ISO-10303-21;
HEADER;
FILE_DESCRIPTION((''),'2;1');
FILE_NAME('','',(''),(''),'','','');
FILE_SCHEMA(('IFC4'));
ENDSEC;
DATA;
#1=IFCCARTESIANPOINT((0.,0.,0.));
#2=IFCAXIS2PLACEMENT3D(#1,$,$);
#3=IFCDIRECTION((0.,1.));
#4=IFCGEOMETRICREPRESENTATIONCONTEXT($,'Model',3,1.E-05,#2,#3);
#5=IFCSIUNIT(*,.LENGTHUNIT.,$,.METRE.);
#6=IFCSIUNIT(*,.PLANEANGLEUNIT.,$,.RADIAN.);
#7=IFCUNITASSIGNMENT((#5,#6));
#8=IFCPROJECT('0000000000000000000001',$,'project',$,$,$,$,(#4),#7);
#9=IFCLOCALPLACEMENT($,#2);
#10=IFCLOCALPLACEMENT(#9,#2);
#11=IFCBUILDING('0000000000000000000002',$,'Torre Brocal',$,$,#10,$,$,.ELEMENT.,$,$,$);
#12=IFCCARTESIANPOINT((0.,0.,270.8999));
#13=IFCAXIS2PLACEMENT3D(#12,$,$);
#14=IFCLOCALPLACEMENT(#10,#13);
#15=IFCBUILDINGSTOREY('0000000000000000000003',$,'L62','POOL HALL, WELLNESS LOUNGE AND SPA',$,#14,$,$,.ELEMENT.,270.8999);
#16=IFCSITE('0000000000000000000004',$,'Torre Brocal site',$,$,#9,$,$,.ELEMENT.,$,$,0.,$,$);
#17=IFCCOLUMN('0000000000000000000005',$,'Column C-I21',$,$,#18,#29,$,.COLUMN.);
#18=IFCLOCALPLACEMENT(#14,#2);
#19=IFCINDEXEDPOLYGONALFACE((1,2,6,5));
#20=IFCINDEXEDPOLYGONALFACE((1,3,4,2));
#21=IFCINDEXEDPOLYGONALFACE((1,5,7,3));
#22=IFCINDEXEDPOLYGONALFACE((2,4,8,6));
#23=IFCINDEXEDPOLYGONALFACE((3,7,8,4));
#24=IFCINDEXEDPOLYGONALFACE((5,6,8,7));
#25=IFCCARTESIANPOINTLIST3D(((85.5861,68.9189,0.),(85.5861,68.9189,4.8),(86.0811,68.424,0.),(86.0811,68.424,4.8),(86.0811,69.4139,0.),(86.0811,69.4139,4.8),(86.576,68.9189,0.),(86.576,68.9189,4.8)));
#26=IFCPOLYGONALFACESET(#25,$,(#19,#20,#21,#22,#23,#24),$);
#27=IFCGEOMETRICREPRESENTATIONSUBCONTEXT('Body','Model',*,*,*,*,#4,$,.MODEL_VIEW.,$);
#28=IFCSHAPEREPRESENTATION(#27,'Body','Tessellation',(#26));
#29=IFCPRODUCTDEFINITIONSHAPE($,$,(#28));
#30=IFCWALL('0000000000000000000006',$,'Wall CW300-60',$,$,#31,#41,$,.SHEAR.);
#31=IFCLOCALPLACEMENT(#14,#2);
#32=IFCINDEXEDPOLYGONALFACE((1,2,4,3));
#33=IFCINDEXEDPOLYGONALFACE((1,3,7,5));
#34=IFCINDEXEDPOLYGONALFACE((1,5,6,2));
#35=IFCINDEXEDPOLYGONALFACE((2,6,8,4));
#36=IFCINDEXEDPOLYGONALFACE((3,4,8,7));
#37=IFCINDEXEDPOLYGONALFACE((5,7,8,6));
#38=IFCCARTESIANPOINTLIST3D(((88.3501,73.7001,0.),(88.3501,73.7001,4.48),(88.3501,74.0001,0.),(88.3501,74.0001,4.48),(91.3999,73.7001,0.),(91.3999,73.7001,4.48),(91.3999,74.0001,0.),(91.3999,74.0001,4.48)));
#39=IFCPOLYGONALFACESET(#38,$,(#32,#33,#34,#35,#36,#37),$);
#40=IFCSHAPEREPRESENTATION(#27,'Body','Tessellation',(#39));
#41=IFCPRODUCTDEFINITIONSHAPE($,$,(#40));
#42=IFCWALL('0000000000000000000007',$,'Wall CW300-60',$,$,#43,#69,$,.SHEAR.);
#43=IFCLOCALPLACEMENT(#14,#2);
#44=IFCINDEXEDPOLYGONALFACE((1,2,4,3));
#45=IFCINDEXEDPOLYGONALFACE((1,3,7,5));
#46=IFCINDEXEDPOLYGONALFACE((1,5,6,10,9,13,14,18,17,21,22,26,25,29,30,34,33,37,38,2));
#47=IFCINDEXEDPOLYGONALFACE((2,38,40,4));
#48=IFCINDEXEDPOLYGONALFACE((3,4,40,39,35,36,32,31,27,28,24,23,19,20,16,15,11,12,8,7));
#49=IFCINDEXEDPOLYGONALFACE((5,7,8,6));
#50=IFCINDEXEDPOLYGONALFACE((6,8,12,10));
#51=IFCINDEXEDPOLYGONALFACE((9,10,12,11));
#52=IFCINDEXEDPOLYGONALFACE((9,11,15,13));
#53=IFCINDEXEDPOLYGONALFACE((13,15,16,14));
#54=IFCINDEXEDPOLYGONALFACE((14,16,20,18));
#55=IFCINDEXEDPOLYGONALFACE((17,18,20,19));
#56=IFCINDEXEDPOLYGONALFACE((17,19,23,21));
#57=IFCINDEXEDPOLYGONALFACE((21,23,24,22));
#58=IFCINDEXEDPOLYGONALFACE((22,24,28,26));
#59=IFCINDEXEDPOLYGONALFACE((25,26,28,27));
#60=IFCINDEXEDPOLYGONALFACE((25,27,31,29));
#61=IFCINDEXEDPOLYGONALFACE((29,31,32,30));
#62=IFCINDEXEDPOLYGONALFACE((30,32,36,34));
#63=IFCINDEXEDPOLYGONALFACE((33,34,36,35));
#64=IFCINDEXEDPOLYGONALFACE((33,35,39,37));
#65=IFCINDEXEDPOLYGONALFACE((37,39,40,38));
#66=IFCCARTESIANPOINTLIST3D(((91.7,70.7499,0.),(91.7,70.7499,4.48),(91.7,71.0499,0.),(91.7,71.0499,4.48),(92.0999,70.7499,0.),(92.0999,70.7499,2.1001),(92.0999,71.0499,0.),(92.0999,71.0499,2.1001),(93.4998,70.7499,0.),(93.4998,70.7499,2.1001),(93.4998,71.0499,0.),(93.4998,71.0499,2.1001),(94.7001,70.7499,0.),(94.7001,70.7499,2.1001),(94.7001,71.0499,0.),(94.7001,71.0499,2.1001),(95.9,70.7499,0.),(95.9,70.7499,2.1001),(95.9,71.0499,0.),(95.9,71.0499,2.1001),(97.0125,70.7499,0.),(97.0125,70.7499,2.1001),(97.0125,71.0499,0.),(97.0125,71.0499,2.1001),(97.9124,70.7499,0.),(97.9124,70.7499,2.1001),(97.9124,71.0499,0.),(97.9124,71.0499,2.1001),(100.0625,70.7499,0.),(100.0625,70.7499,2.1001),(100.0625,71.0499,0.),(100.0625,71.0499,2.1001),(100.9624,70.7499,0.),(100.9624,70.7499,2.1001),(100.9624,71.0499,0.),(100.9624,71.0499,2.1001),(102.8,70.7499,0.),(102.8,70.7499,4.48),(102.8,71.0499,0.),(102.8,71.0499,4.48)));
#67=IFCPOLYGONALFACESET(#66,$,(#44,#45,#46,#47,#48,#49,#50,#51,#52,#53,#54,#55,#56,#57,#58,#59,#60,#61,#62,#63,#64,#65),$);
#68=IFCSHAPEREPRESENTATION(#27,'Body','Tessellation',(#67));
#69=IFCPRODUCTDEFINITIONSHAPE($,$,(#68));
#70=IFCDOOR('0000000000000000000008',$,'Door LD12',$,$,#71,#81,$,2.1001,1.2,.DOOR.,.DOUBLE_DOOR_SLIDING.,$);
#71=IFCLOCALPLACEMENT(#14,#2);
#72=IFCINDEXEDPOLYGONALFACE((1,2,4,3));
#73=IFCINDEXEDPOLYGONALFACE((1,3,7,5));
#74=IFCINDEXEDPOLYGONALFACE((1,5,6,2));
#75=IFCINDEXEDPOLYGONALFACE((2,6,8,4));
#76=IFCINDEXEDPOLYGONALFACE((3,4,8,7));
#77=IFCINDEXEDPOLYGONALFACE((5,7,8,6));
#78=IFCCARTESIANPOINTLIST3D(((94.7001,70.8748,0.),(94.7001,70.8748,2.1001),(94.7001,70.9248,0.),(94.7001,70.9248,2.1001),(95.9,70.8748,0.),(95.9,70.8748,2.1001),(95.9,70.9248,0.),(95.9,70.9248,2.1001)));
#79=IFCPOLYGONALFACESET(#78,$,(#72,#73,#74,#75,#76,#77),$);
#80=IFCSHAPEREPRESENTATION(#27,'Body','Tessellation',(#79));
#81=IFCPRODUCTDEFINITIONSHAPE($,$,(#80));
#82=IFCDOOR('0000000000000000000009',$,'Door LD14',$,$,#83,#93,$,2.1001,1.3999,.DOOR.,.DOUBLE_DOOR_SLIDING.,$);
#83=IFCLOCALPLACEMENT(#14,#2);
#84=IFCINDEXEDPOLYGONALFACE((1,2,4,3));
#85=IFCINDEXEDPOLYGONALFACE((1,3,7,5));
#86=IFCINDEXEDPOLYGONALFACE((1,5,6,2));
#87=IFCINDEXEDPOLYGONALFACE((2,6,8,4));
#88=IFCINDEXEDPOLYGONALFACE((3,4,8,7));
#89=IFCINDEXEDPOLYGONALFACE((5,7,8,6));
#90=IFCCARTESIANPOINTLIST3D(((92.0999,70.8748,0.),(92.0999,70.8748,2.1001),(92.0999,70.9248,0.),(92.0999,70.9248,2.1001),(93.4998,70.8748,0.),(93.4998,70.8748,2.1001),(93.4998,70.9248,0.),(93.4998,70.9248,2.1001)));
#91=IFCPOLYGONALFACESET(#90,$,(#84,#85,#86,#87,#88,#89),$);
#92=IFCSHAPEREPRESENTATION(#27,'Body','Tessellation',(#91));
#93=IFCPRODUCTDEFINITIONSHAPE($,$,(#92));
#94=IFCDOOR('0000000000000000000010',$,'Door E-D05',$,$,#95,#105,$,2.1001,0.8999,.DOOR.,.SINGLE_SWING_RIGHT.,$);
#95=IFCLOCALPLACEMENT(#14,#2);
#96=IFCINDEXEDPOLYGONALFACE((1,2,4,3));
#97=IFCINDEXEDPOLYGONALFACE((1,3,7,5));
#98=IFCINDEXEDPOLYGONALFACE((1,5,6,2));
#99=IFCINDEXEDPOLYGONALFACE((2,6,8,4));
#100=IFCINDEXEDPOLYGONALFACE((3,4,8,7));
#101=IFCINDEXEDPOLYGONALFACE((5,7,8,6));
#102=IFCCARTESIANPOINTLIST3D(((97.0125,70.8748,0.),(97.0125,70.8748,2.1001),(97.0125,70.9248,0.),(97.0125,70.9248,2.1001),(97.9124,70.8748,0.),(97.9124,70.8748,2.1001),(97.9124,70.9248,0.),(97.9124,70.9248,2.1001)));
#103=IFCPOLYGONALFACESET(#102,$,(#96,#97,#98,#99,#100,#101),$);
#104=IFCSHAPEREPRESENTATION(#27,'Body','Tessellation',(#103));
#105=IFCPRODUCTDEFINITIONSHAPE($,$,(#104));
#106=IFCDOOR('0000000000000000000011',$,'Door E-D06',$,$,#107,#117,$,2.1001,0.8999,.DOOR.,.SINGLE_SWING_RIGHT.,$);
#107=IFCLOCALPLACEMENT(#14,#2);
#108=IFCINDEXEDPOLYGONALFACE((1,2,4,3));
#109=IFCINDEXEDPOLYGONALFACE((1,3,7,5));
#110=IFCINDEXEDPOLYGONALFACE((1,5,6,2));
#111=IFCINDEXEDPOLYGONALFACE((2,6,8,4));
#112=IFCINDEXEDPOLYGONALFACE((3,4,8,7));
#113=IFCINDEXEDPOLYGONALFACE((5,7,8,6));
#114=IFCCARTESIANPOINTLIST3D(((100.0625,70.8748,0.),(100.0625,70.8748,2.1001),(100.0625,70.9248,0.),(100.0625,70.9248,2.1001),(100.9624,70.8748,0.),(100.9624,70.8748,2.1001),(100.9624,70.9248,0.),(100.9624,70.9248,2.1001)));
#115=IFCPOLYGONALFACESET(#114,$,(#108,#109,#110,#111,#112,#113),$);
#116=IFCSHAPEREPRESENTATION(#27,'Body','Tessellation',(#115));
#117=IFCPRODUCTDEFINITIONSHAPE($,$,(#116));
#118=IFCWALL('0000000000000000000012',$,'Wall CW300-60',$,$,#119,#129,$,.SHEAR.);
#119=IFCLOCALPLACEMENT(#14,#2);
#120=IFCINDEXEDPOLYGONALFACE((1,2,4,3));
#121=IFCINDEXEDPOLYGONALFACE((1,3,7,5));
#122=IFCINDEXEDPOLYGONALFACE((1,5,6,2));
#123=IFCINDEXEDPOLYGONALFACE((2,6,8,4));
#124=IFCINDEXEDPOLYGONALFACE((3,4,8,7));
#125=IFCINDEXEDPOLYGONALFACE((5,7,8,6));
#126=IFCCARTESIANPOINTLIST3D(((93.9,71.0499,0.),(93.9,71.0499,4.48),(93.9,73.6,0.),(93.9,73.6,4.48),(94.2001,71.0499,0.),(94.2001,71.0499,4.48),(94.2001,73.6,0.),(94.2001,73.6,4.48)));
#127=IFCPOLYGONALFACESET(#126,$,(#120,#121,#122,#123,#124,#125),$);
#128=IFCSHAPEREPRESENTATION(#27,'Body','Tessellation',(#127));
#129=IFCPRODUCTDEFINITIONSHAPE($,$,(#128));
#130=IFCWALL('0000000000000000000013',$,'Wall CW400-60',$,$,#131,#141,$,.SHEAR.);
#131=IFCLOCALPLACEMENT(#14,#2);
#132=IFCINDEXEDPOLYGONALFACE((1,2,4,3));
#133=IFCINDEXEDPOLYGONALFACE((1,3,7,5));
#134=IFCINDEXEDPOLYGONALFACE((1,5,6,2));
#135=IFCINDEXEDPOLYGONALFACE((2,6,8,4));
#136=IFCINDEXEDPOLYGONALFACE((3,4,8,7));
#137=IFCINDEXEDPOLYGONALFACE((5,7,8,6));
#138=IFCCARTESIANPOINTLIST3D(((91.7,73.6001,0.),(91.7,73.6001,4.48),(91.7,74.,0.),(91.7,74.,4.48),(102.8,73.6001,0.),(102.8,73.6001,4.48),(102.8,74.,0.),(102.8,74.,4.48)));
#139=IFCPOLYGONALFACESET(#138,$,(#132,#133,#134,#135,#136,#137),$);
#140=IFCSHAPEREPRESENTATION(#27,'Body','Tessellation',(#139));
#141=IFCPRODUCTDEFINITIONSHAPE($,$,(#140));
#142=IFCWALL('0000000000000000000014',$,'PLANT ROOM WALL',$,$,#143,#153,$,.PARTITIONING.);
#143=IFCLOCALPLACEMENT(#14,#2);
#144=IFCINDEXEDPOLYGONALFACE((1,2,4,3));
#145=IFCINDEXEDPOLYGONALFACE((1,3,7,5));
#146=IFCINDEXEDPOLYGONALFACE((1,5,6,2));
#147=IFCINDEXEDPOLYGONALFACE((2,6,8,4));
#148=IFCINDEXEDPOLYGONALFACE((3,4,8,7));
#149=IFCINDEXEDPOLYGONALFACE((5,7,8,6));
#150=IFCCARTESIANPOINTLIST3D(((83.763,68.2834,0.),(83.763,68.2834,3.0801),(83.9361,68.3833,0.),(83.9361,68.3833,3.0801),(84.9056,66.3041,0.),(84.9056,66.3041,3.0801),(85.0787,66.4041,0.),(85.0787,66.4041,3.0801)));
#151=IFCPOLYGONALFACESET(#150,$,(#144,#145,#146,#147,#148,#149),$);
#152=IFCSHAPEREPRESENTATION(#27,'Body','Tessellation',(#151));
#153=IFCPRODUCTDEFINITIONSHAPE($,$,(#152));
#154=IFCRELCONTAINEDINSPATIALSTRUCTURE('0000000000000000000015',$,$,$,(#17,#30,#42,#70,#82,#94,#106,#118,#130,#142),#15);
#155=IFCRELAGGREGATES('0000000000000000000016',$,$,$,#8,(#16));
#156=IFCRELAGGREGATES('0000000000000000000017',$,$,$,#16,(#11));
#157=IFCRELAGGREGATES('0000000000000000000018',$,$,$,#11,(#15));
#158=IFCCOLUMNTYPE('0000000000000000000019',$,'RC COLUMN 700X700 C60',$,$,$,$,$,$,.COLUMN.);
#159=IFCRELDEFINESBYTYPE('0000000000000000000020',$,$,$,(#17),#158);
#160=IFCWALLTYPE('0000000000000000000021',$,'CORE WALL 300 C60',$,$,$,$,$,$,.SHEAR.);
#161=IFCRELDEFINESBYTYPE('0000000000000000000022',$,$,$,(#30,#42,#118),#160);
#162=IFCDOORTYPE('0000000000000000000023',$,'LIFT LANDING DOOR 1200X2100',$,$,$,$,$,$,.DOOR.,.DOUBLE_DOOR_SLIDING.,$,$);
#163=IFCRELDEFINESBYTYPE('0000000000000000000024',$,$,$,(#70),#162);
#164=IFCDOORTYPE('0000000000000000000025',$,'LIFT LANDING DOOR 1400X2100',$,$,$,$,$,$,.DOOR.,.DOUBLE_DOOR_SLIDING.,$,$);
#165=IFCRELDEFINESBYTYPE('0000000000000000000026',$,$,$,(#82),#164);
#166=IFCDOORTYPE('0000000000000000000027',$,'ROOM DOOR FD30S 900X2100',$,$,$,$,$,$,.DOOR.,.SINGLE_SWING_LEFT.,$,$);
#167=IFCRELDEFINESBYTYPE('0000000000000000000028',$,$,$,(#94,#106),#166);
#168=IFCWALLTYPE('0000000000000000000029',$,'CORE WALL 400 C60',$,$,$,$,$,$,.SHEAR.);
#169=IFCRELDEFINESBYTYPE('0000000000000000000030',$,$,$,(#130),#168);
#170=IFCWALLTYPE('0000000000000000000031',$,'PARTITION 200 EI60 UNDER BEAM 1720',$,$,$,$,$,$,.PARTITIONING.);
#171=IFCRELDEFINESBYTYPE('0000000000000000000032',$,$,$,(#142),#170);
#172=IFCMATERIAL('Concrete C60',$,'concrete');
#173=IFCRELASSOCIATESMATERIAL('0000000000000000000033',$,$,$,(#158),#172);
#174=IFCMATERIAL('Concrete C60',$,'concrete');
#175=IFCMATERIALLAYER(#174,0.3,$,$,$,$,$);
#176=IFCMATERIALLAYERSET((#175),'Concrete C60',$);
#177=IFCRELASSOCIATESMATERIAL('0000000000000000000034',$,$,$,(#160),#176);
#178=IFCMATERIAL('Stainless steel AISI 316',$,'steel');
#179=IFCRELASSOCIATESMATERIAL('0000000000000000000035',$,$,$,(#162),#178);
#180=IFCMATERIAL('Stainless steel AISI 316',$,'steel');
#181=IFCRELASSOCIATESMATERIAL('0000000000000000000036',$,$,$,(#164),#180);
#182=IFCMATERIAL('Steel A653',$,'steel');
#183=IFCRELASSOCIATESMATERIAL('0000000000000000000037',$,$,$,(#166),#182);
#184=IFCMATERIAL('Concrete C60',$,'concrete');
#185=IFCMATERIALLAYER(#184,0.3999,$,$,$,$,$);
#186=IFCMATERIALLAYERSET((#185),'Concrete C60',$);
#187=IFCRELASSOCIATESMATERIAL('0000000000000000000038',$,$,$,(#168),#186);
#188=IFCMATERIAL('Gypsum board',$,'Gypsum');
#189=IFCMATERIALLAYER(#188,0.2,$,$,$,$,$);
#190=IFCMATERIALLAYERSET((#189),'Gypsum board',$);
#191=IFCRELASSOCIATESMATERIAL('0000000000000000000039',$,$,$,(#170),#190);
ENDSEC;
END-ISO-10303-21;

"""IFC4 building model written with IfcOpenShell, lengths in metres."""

from ifc_helpers import new_model, si_unit, direction, frame, frame_2d, origin, origin_2d, place, context, subcontext, project, spatial, rectangle, extrude, material, layer, layer_set, material_profile, profile_set, type_object, element, fill, save


model = new_model("IFC4")

# Units and contexts
model_context = context("Model", 3, precision=1e-05, world=origin(), true_north=direction((0.0, 1.0)))
body_context = subcontext(model_context, "Body", "Model", "MODEL_VIEW")
ifc_project = project(units=[si_unit("LENGTHUNIT", "METRE"), si_unit("PLANEANGLEUNIT", "RADIAN")], contexts=[model_context])

# Site, building, storey
site_placement = place(None, origin())
site = spatial("IfcSite", under=ifc_project, at=site_placement, Name="Torre Brocal site", CompositionType="ELEMENT", RefElevation=0.0)
building_placement = place(site_placement, origin())
building = spatial("IfcBuilding", under=site, at=building_placement, Name="Torre Brocal", CompositionType="ELEMENT")
storey_placement = place(building_placement, frame((0.0, 0.0, 270.8999)))
storey = spatial("IfcBuildingStorey", under=building, at=storey_placement, Name="L62", Description="POOL HALL, WELLNESS LOUNGE AND SPA", CompositionType="ELEMENT", Elevation=270.8999)

# Column
ifc_material_1 = material(Name="Concrete C60", Category="concrete")
ifc_material_profile = material_profile(ifc_material_1, rectangle(XDim=0.7, YDim=0.7, at=origin_2d()), Name="RC 700X700")
ifc_profile_set = profile_set([ifc_material_profile], Name="Concrete C60")
column_type = type_object("IfcColumnType", Name="RC COLUMN 700X700 C60", PredefinedType="COLUMN", material=ifc_profile_set)
column_placement = place(storey_placement, frame((86.0811, 68.9189, 0.0), z_axis=(0.0, 0.0, 1.0), x_axis=(0.707107, -0.707107, 0.0)))
element("IfcColumn", 1, at=column_placement, inside=storey, type_object=column_type, Name="Column C-I21", PredefinedType="COLUMN", context=body_context, shape_type="SweptSolid", body=[
    extrude(rectangle(XDim=0.7, YDim=0.7, at=origin_2d()), origin(), (0.0, 0.0, 1.0), 4.8),
])

# Wall
ifc_material_2 = material(Name="Concrete C60", Category="concrete")
ifc_layer_1 = layer(ifc_material_2, 0.3)
ifc_layer_set_1 = layer_set([ifc_layer_1], Name="Concrete C60")
wall_type_1 = type_object("IfcWallType", Name="CORE WALL 300 C60", PredefinedType="SHEAR", material=ifc_layer_set_1)
wall_1_placement = place(storey_placement, frame((88.3501, 73.8501, 0.0), z_axis=(0.0, 0.0, 1.0), x_axis=(1.0, 0.0, 0.0)))
element("IfcWall", 2, at=wall_1_placement, inside=storey, type_object=wall_type_1, Name="Wall CW300-60", PredefinedType="SHEAR", context=body_context, shape_type="SweptSolid", body=[
    extrude(rectangle(XDim=3.0498, YDim=0.3, at=frame_2d((1.5249, 0.0))), origin(), (0.0, 0.0, 1.0), 4.48),
])

# Wall, openings, doors
wall_2_placement = place(storey_placement, frame((91.7, 70.8999, 0.0), z_axis=(0.0, 0.0, 1.0), x_axis=(1.0, 0.0, 0.0)))
wall_2 = element("IfcWall", 3, at=wall_2_placement, inside=storey, type_object=wall_type_1, Name="Wall CW300-60", PredefinedType="SHEAR", context=body_context, shape_type="SweptSolid", body=[
    extrude(rectangle(XDim=11.1001, YDim=0.3, at=frame_2d((5.55, 0.0))), origin(), (0.0, 0.0, 1.0), 4.48),
])
opening_1_placement = place(wall_2_placement, frame((0.3999, 0.0, 0.0)))
opening_1 = element("IfcOpeningElement", 4, at=opening_1_placement, cuts=wall_2, PredefinedType="OPENING", context=body_context, shape_type="SweptSolid", body=[
    extrude(rectangle(XDim=1.3999, YDim=2.1001, at=frame_2d((0.7, 1.05))), frame((0.0, 0.1599, 0.0), z_axis=(0.0, -1.0, 0.0), x_axis=(1.0, 0.0, 0.0)), (0.0, 0.0, 1.0), 0.3201),
])
opening_2_placement = place(wall_2_placement, frame((3.0, 0.0, 0.0)))
opening_2 = element("IfcOpeningElement", 5, at=opening_2_placement, cuts=wall_2, PredefinedType="OPENING", context=body_context, shape_type="SweptSolid", body=[
    extrude(rectangle(XDim=1.2, YDim=2.1001, at=frame_2d((0.6001, 1.05))), frame((0.0, 0.1599, 0.0), z_axis=(0.0, -1.0, 0.0), x_axis=(1.0, 0.0, 0.0)), (0.0, 0.0, 1.0), 0.3201),
])
opening_3_placement = place(wall_2_placement, frame((5.3125, 0.0, 0.0)))
opening_3 = element("IfcOpeningElement", 6, at=opening_3_placement, cuts=wall_2, PredefinedType="OPENING", context=body_context, shape_type="SweptSolid", body=[
    extrude(rectangle(XDim=0.8999, YDim=2.1001, at=frame_2d((0.45, 1.05))), frame((0.0, 0.1599, 0.0), z_axis=(0.0, -1.0, 0.0), x_axis=(1.0, 0.0, 0.0)), (0.0, 0.0, 1.0), 0.3201),
])
opening_4_placement = place(wall_2_placement, frame((8.3625, 0.0, 0.0)))
opening_4 = element("IfcOpeningElement", 7, at=opening_4_placement, cuts=wall_2, PredefinedType="OPENING", context=body_context, shape_type="SweptSolid", body=[
    extrude(rectangle(XDim=0.8999, YDim=2.1001, at=frame_2d((0.45, 1.05))), frame((0.0, 0.1599, 0.0), z_axis=(0.0, -1.0, 0.0), x_axis=(1.0, 0.0, 0.0)), (0.0, 0.0, 1.0), 0.3201),
])
ifc_material_3 = material(Name="Stainless steel AISI 316", Category="steel")
door_type_1 = type_object("IfcDoorType", Name="LIFT LANDING DOOR 1200X2100", OperationType="DOUBLE_DOOR_SLIDING", PredefinedType="DOOR", material=ifc_material_3)
door_1_placement = place(opening_2_placement, origin())
door_1 = element("IfcDoor", 8, at=door_1_placement, inside=storey, type_object=door_type_1, Name="Door LD12", OperationType="DOUBLE_DOOR_SLIDING", OverallHeight=2.1001, OverallWidth=1.2, PredefinedType="DOOR", context=body_context, shape_type="SweptSolid", body=[
    extrude(rectangle(XDim=1.2, YDim=2.1001, at=frame_2d((0.6001, 1.05))), frame((0.0, 0.0249, 0.0), z_axis=(0.0, -1.0, 0.0), x_axis=(1.0, 0.0, 0.0)), (0.0, 0.0, 1.0), 0.05),
])
fill(opening_2, door_1)
ifc_material_4 = material(Name="Stainless steel AISI 316", Category="steel")
door_type_2 = type_object("IfcDoorType", Name="LIFT LANDING DOOR 1400X2100", OperationType="DOUBLE_DOOR_SLIDING", PredefinedType="DOOR", material=ifc_material_4)
door_2_placement = place(opening_1_placement, origin())
door_2 = element("IfcDoor", 9, at=door_2_placement, inside=storey, type_object=door_type_2, Name="Door LD14", OperationType="DOUBLE_DOOR_SLIDING", OverallHeight=2.1001, OverallWidth=1.3999, PredefinedType="DOOR", context=body_context, shape_type="SweptSolid", body=[
    extrude(rectangle(XDim=1.3999, YDim=2.1001, at=frame_2d((0.7, 1.05))), frame((0.0, 0.0249, 0.0), z_axis=(0.0, -1.0, 0.0), x_axis=(1.0, 0.0, 0.0)), (0.0, 0.0, 1.0), 0.05),
])
fill(opening_1, door_2)
ifc_material_5 = material(Name="Steel A653", Category="steel")
door_type_3 = type_object("IfcDoorType", Name="ROOM DOOR FD30S 900X2100", OperationType="SINGLE_SWING_LEFT", PredefinedType="DOOR", material=ifc_material_5)
door_3_placement = place(opening_3_placement, origin())
door_3 = element("IfcDoor", 10, at=door_3_placement, inside=storey, type_object=door_type_3, Name="Door E-D05", OperationType="SINGLE_SWING_RIGHT", OverallHeight=2.1001, OverallWidth=0.8999, PredefinedType="DOOR", context=body_context, shape_type="SweptSolid", body=[
    extrude(rectangle(XDim=0.8999, YDim=2.1001, at=frame_2d((0.45, 1.05))), frame((0.0, 0.0249, 0.0), z_axis=(0.0, -1.0, 0.0), x_axis=(1.0, 0.0, 0.0)), (0.0, 0.0, 1.0), 0.05),
])
fill(opening_3, door_3)
door_4_placement = place(opening_4_placement, origin())
door_4 = element("IfcDoor", 11, at=door_4_placement, inside=storey, type_object=door_type_3, Name="Door E-D06", OperationType="SINGLE_SWING_RIGHT", OverallHeight=2.1001, OverallWidth=0.8999, PredefinedType="DOOR", context=body_context, shape_type="SweptSolid", body=[
    extrude(rectangle(XDim=0.8999, YDim=2.1001, at=frame_2d((0.45, 1.05))), frame((0.0, 0.0249, 0.0), z_axis=(0.0, -1.0, 0.0), x_axis=(1.0, 0.0, 0.0)), (0.0, 0.0, 1.0), 0.05),
])
fill(opening_4, door_4)

# Walls
wall_3_placement = place(storey_placement, frame((94.05, 71.05, 0.0), z_axis=(0.0, 0.0, 1.0), x_axis=(0.0, 1.0, 0.0)))
element("IfcWall", 12, at=wall_3_placement, inside=storey, type_object=wall_type_1, Name="Wall CW300-60", PredefinedType="SHEAR", context=body_context, shape_type="SweptSolid", body=[
    extrude(rectangle(XDim=2.55, YDim=0.3, at=frame_2d((1.2749, 0.0))), origin(), (0.0, 0.0, 1.0), 4.48),
])
ifc_material_6 = material(Name="Concrete C60", Category="concrete")
ifc_layer_2 = layer(ifc_material_6, 0.3999)
ifc_layer_set_2 = layer_set([ifc_layer_2], Name="Concrete C60")
wall_type_2 = type_object("IfcWallType", Name="CORE WALL 400 C60", PredefinedType="SHEAR", material=ifc_layer_set_2)
wall_4_placement = place(storey_placement, frame((91.7, 73.8, 0.0), z_axis=(0.0, 0.0, 1.0), x_axis=(1.0, 0.0, 0.0)))
element("IfcWall", 13, at=wall_4_placement, inside=storey, type_object=wall_type_2, Name="Wall CW400-60", PredefinedType="SHEAR", context=body_context, shape_type="SweptSolid", body=[
    extrude(rectangle(XDim=11.1001, YDim=0.3999, at=frame_2d((5.55, 0.0))), origin(), (0.0, 0.0, 1.0), 4.48),
])
ifc_material_7 = material(Name="Gypsum board", Category="Gypsum")
ifc_layer_3 = layer(ifc_material_7, 0.2)
ifc_layer_set_3 = layer_set([ifc_layer_3], Name="Gypsum board")
wall_type_3 = type_object("IfcWallType", Name="PARTITION 200 EI60 UNDER BEAM 1720", PredefinedType="PARTITIONING", material=ifc_layer_set_3)
wall_5_placement = place(storey_placement, frame((83.8496, 68.3333, 0.0), z_axis=(0.0, 0.0, 1.0), x_axis=(0.499954, -0.866052, 0.0)))
element("IfcWall", 14, at=wall_5_placement, inside=storey, type_object=wall_type_3, Name="PLANT ROOM WALL", PredefinedType="PARTITIONING", context=body_context, shape_type="SweptSolid", body=[
    extrude(rectangle(XDim=2.2854, YDim=0.2, at=frame_2d((1.1426, 0.0))), origin(), (0.0, 0.0, 1.0), 3.0801),
])

save(model, "model.ifc")
